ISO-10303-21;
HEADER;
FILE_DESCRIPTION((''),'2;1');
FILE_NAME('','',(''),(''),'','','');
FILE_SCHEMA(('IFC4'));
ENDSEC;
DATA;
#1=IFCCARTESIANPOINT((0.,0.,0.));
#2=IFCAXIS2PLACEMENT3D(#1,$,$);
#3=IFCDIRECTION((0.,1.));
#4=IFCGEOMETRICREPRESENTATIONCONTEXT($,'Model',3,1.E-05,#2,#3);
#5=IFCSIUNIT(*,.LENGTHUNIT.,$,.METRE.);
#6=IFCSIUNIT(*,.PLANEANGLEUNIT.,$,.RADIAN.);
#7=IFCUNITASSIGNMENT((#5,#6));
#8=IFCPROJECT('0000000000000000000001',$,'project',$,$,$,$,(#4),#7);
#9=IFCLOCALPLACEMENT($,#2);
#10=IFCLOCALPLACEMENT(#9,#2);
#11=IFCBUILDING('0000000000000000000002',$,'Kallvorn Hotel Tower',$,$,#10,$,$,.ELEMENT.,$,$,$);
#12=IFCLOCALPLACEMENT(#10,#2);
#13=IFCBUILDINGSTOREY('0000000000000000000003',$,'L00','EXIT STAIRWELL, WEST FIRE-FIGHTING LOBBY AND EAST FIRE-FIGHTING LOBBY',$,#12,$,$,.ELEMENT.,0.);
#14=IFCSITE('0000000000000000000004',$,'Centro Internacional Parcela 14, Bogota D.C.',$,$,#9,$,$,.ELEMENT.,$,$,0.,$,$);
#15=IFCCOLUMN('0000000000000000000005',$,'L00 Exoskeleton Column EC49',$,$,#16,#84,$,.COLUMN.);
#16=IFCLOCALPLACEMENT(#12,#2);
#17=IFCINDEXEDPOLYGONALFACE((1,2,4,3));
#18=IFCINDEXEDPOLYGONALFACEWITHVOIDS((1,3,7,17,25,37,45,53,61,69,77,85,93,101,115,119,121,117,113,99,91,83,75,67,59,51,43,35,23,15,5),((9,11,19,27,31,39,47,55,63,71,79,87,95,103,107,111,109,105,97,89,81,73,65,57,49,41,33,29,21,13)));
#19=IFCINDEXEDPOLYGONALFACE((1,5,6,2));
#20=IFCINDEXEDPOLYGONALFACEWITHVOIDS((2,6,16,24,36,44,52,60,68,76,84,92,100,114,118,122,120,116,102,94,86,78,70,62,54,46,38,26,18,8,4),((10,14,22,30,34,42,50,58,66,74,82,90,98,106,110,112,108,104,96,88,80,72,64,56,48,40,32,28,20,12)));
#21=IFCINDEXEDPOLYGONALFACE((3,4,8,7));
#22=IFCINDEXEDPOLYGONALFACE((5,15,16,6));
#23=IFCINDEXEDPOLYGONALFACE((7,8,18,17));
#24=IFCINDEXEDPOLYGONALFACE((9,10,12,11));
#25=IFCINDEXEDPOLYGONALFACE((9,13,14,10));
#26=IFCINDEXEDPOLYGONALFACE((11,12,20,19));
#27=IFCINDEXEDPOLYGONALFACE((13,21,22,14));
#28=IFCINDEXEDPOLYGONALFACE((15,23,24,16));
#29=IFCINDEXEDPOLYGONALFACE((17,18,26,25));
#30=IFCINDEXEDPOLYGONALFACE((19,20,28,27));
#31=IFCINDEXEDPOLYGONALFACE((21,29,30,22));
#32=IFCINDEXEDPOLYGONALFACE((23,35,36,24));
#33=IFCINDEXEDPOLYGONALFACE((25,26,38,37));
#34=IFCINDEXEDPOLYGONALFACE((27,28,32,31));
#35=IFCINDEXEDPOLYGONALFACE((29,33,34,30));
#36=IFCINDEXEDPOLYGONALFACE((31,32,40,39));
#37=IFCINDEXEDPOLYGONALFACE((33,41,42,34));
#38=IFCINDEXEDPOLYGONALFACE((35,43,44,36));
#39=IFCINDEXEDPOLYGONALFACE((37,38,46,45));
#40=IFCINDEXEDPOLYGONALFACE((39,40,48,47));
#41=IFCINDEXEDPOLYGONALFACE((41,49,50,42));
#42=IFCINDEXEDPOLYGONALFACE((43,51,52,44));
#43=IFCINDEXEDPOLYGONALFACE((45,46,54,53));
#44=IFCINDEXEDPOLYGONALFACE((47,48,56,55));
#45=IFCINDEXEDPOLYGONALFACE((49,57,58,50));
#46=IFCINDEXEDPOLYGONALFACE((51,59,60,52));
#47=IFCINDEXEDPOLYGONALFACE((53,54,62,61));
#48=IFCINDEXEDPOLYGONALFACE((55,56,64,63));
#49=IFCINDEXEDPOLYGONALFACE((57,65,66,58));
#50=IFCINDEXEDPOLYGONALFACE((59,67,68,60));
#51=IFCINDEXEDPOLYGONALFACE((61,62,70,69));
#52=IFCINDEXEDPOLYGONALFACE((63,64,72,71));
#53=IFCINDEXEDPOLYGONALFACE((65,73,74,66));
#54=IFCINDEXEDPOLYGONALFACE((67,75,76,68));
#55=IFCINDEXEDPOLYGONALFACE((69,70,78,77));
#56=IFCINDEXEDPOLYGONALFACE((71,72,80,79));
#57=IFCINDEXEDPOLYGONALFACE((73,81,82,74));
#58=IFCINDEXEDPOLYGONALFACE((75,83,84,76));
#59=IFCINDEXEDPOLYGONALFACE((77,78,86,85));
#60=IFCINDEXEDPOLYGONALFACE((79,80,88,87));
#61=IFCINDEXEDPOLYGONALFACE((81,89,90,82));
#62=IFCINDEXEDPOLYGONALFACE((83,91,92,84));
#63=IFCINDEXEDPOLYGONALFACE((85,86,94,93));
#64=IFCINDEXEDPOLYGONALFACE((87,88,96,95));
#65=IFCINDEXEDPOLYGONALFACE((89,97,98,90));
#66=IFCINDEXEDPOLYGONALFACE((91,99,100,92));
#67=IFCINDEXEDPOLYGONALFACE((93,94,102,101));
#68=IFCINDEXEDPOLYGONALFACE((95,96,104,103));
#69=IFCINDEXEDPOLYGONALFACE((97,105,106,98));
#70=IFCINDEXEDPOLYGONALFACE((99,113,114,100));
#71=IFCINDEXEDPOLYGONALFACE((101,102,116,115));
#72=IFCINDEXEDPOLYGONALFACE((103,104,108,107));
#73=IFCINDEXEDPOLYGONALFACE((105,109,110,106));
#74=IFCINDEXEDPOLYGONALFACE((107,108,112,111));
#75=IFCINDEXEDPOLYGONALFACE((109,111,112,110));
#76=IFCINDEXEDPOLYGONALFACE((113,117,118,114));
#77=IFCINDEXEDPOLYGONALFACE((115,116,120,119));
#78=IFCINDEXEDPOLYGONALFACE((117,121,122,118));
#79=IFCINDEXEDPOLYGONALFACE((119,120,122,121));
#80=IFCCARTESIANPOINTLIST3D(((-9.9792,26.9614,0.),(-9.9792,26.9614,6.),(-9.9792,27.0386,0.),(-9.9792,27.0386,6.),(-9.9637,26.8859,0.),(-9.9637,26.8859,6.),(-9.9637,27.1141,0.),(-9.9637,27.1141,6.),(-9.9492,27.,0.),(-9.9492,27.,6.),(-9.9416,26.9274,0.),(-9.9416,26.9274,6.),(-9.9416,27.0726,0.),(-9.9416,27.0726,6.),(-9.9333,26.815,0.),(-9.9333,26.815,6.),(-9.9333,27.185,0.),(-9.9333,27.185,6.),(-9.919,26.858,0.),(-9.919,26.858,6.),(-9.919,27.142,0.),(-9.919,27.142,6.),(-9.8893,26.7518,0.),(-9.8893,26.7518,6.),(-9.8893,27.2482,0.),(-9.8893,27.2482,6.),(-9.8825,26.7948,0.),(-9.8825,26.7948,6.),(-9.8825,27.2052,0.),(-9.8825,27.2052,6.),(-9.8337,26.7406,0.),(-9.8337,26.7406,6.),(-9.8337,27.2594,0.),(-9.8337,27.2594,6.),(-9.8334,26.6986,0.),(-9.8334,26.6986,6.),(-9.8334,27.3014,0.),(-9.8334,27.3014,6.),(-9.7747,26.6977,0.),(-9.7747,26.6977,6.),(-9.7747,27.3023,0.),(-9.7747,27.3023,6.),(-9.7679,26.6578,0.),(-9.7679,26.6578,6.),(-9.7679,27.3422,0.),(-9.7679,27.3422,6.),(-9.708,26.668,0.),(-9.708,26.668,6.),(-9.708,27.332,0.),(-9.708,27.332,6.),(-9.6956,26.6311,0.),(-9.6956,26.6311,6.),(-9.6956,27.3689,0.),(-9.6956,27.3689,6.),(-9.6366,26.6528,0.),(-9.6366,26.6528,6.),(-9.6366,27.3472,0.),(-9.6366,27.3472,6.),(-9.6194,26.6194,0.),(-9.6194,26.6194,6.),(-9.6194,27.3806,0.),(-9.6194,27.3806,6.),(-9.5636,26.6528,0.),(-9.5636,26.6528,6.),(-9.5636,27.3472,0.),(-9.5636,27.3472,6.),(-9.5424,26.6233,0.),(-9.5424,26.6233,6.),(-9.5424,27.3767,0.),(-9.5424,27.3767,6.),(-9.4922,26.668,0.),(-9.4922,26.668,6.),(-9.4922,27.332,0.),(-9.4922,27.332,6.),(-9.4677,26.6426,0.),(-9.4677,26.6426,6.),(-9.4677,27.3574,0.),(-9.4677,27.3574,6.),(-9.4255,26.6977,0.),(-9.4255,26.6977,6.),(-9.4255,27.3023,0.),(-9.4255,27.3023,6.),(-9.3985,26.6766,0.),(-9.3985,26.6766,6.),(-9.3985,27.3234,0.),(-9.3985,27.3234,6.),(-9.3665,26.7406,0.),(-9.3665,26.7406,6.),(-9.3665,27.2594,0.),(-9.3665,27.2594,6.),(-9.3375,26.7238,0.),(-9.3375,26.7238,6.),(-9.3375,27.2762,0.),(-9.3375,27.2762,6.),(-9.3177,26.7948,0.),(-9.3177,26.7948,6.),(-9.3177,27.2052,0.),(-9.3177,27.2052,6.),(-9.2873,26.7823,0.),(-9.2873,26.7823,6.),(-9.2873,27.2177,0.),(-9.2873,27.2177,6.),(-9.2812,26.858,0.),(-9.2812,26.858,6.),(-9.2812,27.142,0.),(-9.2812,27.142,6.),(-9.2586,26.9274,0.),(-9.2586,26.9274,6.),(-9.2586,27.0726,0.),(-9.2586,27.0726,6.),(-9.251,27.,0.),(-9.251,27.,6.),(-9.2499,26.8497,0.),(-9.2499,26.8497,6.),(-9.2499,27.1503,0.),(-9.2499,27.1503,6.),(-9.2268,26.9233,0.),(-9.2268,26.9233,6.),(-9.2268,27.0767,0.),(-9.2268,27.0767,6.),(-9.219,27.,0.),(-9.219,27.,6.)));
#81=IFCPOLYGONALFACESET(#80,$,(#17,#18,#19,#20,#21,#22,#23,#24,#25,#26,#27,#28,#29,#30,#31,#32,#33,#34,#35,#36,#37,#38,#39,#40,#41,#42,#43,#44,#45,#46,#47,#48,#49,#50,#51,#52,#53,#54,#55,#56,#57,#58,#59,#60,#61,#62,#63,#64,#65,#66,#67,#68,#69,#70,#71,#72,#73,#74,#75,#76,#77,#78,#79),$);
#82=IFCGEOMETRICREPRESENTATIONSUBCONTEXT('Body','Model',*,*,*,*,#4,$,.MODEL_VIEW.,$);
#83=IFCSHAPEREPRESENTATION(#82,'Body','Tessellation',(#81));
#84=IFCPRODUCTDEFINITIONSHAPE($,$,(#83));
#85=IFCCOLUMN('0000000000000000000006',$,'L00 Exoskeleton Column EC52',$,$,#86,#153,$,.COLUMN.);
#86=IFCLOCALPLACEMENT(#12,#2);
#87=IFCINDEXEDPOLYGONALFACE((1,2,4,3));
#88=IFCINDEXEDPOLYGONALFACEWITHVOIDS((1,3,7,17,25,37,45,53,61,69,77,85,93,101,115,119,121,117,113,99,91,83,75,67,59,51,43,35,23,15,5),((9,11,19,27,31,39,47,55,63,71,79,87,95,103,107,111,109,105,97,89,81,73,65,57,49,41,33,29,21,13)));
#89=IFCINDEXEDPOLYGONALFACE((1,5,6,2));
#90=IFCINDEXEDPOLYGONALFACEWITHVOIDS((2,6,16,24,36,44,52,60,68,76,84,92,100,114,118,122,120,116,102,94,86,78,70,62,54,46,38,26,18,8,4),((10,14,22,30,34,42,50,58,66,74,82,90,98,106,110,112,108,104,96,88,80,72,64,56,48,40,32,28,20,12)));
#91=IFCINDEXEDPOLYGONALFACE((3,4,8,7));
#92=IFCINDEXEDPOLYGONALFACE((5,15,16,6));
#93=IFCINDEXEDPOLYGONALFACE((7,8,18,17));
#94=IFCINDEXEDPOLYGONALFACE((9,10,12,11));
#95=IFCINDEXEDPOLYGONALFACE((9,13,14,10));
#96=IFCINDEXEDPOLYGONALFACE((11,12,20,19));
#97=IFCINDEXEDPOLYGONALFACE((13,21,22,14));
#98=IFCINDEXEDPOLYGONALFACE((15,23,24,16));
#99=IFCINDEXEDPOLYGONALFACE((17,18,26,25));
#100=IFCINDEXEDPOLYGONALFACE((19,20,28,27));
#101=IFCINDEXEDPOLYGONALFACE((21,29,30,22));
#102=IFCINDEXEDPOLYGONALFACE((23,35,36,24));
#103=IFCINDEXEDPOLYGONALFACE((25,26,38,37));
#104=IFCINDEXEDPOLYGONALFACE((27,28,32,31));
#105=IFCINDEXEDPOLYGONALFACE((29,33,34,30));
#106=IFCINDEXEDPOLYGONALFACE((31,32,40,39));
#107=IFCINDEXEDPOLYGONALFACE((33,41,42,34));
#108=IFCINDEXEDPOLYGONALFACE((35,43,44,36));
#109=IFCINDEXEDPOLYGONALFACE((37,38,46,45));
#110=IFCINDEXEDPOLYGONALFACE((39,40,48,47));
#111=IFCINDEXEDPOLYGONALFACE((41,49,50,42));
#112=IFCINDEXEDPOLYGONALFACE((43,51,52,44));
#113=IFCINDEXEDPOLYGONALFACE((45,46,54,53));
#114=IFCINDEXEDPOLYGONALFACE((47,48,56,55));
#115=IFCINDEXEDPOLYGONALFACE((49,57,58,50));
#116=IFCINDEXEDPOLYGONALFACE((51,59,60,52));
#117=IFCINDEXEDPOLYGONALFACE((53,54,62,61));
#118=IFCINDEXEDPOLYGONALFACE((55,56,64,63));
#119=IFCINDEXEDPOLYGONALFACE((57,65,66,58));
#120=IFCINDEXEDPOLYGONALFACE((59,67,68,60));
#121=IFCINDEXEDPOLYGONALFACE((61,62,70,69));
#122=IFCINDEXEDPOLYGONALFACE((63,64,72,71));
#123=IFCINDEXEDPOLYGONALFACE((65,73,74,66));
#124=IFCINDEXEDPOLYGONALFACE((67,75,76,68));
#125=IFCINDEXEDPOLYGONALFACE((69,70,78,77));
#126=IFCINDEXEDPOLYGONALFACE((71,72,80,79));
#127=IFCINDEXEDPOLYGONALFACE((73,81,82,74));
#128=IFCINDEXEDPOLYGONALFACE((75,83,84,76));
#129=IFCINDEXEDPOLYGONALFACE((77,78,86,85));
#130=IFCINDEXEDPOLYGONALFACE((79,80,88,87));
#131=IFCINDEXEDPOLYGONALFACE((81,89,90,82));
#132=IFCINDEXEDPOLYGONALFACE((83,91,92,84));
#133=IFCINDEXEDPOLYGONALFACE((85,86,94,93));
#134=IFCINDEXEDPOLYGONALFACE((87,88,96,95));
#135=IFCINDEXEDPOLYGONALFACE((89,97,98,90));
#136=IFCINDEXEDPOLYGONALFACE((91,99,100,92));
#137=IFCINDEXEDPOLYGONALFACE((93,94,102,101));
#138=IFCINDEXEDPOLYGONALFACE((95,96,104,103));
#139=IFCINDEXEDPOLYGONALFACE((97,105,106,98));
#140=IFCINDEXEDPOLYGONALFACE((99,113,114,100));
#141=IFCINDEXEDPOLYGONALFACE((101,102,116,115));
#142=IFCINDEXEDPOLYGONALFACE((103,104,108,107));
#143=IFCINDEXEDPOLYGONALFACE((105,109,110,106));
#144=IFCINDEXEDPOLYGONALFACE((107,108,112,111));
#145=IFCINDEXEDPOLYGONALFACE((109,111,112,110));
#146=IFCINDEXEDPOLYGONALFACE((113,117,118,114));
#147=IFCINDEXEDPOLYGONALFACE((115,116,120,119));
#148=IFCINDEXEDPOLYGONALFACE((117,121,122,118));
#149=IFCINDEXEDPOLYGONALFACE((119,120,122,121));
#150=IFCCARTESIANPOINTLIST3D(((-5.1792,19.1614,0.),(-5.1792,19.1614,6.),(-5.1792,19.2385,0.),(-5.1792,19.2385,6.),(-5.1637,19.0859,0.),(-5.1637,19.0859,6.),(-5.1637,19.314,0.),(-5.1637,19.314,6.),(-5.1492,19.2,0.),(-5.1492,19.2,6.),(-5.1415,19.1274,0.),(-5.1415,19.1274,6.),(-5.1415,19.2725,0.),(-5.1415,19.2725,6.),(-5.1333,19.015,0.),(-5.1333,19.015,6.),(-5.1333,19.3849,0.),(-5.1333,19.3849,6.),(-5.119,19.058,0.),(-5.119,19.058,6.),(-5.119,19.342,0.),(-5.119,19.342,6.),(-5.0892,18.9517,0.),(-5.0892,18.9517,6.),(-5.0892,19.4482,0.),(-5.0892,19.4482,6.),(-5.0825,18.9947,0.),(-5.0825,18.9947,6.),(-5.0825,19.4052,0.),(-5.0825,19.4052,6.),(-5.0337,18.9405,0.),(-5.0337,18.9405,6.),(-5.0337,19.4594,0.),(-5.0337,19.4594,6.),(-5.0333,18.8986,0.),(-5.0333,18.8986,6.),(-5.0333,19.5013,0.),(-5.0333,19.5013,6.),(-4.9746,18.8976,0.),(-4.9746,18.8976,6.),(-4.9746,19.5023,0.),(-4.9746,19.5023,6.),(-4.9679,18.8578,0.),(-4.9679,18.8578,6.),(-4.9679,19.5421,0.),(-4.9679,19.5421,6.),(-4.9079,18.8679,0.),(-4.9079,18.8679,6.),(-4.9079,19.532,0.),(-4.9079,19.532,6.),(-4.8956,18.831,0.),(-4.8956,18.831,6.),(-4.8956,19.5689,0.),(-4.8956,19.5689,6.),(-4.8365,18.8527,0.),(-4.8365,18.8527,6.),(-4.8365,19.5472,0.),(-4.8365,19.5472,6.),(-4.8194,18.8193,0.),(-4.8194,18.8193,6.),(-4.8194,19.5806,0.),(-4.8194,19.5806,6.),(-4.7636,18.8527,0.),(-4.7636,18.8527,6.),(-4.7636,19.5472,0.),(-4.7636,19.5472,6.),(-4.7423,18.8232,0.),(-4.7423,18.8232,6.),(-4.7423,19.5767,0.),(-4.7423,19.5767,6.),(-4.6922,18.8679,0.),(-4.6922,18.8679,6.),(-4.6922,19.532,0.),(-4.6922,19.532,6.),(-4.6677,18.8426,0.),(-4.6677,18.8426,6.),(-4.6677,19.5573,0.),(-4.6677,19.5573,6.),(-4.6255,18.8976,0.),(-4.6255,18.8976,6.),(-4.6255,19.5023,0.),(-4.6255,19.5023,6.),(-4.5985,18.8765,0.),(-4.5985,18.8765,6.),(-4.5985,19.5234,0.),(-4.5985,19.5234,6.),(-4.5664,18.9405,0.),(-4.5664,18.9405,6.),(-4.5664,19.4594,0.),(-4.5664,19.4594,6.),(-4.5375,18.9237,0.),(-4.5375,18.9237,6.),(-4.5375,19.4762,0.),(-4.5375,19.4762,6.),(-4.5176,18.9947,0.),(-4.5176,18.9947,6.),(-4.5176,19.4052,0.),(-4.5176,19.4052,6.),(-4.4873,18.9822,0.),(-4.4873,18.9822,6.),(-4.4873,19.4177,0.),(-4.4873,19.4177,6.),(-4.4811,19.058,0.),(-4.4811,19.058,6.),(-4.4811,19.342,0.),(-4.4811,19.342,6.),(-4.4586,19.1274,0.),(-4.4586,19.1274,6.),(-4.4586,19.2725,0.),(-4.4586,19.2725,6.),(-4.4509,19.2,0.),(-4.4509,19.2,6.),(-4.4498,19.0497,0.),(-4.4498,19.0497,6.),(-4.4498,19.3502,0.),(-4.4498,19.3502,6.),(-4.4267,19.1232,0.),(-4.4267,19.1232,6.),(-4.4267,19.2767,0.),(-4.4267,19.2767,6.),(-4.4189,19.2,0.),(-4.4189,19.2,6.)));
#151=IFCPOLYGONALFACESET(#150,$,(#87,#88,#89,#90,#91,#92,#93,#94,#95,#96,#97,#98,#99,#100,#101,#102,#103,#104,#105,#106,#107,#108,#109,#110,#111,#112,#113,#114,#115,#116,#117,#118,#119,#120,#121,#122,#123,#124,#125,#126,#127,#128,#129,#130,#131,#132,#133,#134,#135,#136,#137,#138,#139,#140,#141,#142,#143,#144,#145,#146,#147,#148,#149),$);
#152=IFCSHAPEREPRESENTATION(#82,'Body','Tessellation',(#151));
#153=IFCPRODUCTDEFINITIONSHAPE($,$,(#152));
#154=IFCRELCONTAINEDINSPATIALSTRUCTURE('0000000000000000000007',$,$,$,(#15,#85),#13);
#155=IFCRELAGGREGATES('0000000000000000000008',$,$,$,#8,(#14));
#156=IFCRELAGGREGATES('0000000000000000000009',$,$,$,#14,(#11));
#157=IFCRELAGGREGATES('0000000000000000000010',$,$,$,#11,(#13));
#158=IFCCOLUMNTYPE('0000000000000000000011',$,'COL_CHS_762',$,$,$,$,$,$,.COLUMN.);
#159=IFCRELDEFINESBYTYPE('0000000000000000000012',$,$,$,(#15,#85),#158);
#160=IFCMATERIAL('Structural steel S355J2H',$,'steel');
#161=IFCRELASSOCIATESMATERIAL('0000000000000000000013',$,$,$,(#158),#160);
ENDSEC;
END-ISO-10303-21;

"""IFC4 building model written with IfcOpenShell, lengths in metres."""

from ifc_helpers import new_model, si_unit, direction, frame, origin, origin_2d, place, context, subcontext, project, spatial, hollow_circle, extrude, material, material_profile, profile_set, type_object, element, save


model = new_model("IFC4")

# Units and contexts
model_context = context("Model", 3, precision=1e-05, world=origin(), true_north=direction((0.0, 1.0)))
body_context = subcontext(model_context, "Body", "Model", "MODEL_VIEW")
ifc_project = project(units=[si_unit("LENGTHUNIT", "METRE"), si_unit("PLANEANGLEUNIT", "RADIAN")], contexts=[model_context])

# Site, building, storey
site_placement = place(None, origin())
site = spatial("IfcSite", under=ifc_project, at=site_placement, Name="Centro Internacional Parcela 14, Bogota D.C.", CompositionType="ELEMENT", RefElevation=0.0)
building_placement = place(site_placement, origin())
building = spatial("IfcBuilding", under=site, at=building_placement, Name="Kallvorn Hotel Tower", CompositionType="ELEMENT")
storey_placement = place(building_placement, origin())
storey = spatial("IfcBuildingStorey", under=building, at=storey_placement, Name="L00", Description="EXIT STAIRWELL, WEST FIRE-FIGHTING LOBBY AND EAST FIRE-FIGHTING LOBBY", CompositionType="ELEMENT", Elevation=0.0)

# Columns
ifc_material_1 = material(Name="Structural steel S355J2H", Category="steel")
ifc_material_profile_1 = material_profile(ifc_material_1, hollow_circle(Radius=0.3811, WallThickness=0.032, at=origin_2d()), Name="CHS 762x32")
ifc_profile_set_1 = profile_set([ifc_material_profile_1], Name="Structural steel S355J2H")
column_type = type_object("IfcColumnType", Name="COL_CHS_762", PredefinedType="COLUMN", material=ifc_profile_set_1)
for number, where, z_axis, x_axis, name in (
    (1, (-9.6001, 27.0, 0.0), (0.0, 0.0, 1.0), (1.0, 0.0, 0.0), "L00 Exoskeleton Column EC49"),
    (2, (-4.8, 19.2, 0.0), (0.0, 0.0, 1.0), (1.0, 0.0, 0.0), "L00 Exoskeleton Column EC52"),
):
    element("IfcColumn", number, at=place(storey_placement, frame(where, z_axis=z_axis, x_axis=x_axis)), inside=storey, type_object=column_type, Name=name, PredefinedType="COLUMN", context=body_context, shape_type="SweptSolid", body=[
        extrude(hollow_circle(Radius=0.3811, WallThickness=0.032, at=origin_2d()), origin(), (0.0, 0.0, 1.0), 6.0),
    ])

save(model, "model.ifc")
